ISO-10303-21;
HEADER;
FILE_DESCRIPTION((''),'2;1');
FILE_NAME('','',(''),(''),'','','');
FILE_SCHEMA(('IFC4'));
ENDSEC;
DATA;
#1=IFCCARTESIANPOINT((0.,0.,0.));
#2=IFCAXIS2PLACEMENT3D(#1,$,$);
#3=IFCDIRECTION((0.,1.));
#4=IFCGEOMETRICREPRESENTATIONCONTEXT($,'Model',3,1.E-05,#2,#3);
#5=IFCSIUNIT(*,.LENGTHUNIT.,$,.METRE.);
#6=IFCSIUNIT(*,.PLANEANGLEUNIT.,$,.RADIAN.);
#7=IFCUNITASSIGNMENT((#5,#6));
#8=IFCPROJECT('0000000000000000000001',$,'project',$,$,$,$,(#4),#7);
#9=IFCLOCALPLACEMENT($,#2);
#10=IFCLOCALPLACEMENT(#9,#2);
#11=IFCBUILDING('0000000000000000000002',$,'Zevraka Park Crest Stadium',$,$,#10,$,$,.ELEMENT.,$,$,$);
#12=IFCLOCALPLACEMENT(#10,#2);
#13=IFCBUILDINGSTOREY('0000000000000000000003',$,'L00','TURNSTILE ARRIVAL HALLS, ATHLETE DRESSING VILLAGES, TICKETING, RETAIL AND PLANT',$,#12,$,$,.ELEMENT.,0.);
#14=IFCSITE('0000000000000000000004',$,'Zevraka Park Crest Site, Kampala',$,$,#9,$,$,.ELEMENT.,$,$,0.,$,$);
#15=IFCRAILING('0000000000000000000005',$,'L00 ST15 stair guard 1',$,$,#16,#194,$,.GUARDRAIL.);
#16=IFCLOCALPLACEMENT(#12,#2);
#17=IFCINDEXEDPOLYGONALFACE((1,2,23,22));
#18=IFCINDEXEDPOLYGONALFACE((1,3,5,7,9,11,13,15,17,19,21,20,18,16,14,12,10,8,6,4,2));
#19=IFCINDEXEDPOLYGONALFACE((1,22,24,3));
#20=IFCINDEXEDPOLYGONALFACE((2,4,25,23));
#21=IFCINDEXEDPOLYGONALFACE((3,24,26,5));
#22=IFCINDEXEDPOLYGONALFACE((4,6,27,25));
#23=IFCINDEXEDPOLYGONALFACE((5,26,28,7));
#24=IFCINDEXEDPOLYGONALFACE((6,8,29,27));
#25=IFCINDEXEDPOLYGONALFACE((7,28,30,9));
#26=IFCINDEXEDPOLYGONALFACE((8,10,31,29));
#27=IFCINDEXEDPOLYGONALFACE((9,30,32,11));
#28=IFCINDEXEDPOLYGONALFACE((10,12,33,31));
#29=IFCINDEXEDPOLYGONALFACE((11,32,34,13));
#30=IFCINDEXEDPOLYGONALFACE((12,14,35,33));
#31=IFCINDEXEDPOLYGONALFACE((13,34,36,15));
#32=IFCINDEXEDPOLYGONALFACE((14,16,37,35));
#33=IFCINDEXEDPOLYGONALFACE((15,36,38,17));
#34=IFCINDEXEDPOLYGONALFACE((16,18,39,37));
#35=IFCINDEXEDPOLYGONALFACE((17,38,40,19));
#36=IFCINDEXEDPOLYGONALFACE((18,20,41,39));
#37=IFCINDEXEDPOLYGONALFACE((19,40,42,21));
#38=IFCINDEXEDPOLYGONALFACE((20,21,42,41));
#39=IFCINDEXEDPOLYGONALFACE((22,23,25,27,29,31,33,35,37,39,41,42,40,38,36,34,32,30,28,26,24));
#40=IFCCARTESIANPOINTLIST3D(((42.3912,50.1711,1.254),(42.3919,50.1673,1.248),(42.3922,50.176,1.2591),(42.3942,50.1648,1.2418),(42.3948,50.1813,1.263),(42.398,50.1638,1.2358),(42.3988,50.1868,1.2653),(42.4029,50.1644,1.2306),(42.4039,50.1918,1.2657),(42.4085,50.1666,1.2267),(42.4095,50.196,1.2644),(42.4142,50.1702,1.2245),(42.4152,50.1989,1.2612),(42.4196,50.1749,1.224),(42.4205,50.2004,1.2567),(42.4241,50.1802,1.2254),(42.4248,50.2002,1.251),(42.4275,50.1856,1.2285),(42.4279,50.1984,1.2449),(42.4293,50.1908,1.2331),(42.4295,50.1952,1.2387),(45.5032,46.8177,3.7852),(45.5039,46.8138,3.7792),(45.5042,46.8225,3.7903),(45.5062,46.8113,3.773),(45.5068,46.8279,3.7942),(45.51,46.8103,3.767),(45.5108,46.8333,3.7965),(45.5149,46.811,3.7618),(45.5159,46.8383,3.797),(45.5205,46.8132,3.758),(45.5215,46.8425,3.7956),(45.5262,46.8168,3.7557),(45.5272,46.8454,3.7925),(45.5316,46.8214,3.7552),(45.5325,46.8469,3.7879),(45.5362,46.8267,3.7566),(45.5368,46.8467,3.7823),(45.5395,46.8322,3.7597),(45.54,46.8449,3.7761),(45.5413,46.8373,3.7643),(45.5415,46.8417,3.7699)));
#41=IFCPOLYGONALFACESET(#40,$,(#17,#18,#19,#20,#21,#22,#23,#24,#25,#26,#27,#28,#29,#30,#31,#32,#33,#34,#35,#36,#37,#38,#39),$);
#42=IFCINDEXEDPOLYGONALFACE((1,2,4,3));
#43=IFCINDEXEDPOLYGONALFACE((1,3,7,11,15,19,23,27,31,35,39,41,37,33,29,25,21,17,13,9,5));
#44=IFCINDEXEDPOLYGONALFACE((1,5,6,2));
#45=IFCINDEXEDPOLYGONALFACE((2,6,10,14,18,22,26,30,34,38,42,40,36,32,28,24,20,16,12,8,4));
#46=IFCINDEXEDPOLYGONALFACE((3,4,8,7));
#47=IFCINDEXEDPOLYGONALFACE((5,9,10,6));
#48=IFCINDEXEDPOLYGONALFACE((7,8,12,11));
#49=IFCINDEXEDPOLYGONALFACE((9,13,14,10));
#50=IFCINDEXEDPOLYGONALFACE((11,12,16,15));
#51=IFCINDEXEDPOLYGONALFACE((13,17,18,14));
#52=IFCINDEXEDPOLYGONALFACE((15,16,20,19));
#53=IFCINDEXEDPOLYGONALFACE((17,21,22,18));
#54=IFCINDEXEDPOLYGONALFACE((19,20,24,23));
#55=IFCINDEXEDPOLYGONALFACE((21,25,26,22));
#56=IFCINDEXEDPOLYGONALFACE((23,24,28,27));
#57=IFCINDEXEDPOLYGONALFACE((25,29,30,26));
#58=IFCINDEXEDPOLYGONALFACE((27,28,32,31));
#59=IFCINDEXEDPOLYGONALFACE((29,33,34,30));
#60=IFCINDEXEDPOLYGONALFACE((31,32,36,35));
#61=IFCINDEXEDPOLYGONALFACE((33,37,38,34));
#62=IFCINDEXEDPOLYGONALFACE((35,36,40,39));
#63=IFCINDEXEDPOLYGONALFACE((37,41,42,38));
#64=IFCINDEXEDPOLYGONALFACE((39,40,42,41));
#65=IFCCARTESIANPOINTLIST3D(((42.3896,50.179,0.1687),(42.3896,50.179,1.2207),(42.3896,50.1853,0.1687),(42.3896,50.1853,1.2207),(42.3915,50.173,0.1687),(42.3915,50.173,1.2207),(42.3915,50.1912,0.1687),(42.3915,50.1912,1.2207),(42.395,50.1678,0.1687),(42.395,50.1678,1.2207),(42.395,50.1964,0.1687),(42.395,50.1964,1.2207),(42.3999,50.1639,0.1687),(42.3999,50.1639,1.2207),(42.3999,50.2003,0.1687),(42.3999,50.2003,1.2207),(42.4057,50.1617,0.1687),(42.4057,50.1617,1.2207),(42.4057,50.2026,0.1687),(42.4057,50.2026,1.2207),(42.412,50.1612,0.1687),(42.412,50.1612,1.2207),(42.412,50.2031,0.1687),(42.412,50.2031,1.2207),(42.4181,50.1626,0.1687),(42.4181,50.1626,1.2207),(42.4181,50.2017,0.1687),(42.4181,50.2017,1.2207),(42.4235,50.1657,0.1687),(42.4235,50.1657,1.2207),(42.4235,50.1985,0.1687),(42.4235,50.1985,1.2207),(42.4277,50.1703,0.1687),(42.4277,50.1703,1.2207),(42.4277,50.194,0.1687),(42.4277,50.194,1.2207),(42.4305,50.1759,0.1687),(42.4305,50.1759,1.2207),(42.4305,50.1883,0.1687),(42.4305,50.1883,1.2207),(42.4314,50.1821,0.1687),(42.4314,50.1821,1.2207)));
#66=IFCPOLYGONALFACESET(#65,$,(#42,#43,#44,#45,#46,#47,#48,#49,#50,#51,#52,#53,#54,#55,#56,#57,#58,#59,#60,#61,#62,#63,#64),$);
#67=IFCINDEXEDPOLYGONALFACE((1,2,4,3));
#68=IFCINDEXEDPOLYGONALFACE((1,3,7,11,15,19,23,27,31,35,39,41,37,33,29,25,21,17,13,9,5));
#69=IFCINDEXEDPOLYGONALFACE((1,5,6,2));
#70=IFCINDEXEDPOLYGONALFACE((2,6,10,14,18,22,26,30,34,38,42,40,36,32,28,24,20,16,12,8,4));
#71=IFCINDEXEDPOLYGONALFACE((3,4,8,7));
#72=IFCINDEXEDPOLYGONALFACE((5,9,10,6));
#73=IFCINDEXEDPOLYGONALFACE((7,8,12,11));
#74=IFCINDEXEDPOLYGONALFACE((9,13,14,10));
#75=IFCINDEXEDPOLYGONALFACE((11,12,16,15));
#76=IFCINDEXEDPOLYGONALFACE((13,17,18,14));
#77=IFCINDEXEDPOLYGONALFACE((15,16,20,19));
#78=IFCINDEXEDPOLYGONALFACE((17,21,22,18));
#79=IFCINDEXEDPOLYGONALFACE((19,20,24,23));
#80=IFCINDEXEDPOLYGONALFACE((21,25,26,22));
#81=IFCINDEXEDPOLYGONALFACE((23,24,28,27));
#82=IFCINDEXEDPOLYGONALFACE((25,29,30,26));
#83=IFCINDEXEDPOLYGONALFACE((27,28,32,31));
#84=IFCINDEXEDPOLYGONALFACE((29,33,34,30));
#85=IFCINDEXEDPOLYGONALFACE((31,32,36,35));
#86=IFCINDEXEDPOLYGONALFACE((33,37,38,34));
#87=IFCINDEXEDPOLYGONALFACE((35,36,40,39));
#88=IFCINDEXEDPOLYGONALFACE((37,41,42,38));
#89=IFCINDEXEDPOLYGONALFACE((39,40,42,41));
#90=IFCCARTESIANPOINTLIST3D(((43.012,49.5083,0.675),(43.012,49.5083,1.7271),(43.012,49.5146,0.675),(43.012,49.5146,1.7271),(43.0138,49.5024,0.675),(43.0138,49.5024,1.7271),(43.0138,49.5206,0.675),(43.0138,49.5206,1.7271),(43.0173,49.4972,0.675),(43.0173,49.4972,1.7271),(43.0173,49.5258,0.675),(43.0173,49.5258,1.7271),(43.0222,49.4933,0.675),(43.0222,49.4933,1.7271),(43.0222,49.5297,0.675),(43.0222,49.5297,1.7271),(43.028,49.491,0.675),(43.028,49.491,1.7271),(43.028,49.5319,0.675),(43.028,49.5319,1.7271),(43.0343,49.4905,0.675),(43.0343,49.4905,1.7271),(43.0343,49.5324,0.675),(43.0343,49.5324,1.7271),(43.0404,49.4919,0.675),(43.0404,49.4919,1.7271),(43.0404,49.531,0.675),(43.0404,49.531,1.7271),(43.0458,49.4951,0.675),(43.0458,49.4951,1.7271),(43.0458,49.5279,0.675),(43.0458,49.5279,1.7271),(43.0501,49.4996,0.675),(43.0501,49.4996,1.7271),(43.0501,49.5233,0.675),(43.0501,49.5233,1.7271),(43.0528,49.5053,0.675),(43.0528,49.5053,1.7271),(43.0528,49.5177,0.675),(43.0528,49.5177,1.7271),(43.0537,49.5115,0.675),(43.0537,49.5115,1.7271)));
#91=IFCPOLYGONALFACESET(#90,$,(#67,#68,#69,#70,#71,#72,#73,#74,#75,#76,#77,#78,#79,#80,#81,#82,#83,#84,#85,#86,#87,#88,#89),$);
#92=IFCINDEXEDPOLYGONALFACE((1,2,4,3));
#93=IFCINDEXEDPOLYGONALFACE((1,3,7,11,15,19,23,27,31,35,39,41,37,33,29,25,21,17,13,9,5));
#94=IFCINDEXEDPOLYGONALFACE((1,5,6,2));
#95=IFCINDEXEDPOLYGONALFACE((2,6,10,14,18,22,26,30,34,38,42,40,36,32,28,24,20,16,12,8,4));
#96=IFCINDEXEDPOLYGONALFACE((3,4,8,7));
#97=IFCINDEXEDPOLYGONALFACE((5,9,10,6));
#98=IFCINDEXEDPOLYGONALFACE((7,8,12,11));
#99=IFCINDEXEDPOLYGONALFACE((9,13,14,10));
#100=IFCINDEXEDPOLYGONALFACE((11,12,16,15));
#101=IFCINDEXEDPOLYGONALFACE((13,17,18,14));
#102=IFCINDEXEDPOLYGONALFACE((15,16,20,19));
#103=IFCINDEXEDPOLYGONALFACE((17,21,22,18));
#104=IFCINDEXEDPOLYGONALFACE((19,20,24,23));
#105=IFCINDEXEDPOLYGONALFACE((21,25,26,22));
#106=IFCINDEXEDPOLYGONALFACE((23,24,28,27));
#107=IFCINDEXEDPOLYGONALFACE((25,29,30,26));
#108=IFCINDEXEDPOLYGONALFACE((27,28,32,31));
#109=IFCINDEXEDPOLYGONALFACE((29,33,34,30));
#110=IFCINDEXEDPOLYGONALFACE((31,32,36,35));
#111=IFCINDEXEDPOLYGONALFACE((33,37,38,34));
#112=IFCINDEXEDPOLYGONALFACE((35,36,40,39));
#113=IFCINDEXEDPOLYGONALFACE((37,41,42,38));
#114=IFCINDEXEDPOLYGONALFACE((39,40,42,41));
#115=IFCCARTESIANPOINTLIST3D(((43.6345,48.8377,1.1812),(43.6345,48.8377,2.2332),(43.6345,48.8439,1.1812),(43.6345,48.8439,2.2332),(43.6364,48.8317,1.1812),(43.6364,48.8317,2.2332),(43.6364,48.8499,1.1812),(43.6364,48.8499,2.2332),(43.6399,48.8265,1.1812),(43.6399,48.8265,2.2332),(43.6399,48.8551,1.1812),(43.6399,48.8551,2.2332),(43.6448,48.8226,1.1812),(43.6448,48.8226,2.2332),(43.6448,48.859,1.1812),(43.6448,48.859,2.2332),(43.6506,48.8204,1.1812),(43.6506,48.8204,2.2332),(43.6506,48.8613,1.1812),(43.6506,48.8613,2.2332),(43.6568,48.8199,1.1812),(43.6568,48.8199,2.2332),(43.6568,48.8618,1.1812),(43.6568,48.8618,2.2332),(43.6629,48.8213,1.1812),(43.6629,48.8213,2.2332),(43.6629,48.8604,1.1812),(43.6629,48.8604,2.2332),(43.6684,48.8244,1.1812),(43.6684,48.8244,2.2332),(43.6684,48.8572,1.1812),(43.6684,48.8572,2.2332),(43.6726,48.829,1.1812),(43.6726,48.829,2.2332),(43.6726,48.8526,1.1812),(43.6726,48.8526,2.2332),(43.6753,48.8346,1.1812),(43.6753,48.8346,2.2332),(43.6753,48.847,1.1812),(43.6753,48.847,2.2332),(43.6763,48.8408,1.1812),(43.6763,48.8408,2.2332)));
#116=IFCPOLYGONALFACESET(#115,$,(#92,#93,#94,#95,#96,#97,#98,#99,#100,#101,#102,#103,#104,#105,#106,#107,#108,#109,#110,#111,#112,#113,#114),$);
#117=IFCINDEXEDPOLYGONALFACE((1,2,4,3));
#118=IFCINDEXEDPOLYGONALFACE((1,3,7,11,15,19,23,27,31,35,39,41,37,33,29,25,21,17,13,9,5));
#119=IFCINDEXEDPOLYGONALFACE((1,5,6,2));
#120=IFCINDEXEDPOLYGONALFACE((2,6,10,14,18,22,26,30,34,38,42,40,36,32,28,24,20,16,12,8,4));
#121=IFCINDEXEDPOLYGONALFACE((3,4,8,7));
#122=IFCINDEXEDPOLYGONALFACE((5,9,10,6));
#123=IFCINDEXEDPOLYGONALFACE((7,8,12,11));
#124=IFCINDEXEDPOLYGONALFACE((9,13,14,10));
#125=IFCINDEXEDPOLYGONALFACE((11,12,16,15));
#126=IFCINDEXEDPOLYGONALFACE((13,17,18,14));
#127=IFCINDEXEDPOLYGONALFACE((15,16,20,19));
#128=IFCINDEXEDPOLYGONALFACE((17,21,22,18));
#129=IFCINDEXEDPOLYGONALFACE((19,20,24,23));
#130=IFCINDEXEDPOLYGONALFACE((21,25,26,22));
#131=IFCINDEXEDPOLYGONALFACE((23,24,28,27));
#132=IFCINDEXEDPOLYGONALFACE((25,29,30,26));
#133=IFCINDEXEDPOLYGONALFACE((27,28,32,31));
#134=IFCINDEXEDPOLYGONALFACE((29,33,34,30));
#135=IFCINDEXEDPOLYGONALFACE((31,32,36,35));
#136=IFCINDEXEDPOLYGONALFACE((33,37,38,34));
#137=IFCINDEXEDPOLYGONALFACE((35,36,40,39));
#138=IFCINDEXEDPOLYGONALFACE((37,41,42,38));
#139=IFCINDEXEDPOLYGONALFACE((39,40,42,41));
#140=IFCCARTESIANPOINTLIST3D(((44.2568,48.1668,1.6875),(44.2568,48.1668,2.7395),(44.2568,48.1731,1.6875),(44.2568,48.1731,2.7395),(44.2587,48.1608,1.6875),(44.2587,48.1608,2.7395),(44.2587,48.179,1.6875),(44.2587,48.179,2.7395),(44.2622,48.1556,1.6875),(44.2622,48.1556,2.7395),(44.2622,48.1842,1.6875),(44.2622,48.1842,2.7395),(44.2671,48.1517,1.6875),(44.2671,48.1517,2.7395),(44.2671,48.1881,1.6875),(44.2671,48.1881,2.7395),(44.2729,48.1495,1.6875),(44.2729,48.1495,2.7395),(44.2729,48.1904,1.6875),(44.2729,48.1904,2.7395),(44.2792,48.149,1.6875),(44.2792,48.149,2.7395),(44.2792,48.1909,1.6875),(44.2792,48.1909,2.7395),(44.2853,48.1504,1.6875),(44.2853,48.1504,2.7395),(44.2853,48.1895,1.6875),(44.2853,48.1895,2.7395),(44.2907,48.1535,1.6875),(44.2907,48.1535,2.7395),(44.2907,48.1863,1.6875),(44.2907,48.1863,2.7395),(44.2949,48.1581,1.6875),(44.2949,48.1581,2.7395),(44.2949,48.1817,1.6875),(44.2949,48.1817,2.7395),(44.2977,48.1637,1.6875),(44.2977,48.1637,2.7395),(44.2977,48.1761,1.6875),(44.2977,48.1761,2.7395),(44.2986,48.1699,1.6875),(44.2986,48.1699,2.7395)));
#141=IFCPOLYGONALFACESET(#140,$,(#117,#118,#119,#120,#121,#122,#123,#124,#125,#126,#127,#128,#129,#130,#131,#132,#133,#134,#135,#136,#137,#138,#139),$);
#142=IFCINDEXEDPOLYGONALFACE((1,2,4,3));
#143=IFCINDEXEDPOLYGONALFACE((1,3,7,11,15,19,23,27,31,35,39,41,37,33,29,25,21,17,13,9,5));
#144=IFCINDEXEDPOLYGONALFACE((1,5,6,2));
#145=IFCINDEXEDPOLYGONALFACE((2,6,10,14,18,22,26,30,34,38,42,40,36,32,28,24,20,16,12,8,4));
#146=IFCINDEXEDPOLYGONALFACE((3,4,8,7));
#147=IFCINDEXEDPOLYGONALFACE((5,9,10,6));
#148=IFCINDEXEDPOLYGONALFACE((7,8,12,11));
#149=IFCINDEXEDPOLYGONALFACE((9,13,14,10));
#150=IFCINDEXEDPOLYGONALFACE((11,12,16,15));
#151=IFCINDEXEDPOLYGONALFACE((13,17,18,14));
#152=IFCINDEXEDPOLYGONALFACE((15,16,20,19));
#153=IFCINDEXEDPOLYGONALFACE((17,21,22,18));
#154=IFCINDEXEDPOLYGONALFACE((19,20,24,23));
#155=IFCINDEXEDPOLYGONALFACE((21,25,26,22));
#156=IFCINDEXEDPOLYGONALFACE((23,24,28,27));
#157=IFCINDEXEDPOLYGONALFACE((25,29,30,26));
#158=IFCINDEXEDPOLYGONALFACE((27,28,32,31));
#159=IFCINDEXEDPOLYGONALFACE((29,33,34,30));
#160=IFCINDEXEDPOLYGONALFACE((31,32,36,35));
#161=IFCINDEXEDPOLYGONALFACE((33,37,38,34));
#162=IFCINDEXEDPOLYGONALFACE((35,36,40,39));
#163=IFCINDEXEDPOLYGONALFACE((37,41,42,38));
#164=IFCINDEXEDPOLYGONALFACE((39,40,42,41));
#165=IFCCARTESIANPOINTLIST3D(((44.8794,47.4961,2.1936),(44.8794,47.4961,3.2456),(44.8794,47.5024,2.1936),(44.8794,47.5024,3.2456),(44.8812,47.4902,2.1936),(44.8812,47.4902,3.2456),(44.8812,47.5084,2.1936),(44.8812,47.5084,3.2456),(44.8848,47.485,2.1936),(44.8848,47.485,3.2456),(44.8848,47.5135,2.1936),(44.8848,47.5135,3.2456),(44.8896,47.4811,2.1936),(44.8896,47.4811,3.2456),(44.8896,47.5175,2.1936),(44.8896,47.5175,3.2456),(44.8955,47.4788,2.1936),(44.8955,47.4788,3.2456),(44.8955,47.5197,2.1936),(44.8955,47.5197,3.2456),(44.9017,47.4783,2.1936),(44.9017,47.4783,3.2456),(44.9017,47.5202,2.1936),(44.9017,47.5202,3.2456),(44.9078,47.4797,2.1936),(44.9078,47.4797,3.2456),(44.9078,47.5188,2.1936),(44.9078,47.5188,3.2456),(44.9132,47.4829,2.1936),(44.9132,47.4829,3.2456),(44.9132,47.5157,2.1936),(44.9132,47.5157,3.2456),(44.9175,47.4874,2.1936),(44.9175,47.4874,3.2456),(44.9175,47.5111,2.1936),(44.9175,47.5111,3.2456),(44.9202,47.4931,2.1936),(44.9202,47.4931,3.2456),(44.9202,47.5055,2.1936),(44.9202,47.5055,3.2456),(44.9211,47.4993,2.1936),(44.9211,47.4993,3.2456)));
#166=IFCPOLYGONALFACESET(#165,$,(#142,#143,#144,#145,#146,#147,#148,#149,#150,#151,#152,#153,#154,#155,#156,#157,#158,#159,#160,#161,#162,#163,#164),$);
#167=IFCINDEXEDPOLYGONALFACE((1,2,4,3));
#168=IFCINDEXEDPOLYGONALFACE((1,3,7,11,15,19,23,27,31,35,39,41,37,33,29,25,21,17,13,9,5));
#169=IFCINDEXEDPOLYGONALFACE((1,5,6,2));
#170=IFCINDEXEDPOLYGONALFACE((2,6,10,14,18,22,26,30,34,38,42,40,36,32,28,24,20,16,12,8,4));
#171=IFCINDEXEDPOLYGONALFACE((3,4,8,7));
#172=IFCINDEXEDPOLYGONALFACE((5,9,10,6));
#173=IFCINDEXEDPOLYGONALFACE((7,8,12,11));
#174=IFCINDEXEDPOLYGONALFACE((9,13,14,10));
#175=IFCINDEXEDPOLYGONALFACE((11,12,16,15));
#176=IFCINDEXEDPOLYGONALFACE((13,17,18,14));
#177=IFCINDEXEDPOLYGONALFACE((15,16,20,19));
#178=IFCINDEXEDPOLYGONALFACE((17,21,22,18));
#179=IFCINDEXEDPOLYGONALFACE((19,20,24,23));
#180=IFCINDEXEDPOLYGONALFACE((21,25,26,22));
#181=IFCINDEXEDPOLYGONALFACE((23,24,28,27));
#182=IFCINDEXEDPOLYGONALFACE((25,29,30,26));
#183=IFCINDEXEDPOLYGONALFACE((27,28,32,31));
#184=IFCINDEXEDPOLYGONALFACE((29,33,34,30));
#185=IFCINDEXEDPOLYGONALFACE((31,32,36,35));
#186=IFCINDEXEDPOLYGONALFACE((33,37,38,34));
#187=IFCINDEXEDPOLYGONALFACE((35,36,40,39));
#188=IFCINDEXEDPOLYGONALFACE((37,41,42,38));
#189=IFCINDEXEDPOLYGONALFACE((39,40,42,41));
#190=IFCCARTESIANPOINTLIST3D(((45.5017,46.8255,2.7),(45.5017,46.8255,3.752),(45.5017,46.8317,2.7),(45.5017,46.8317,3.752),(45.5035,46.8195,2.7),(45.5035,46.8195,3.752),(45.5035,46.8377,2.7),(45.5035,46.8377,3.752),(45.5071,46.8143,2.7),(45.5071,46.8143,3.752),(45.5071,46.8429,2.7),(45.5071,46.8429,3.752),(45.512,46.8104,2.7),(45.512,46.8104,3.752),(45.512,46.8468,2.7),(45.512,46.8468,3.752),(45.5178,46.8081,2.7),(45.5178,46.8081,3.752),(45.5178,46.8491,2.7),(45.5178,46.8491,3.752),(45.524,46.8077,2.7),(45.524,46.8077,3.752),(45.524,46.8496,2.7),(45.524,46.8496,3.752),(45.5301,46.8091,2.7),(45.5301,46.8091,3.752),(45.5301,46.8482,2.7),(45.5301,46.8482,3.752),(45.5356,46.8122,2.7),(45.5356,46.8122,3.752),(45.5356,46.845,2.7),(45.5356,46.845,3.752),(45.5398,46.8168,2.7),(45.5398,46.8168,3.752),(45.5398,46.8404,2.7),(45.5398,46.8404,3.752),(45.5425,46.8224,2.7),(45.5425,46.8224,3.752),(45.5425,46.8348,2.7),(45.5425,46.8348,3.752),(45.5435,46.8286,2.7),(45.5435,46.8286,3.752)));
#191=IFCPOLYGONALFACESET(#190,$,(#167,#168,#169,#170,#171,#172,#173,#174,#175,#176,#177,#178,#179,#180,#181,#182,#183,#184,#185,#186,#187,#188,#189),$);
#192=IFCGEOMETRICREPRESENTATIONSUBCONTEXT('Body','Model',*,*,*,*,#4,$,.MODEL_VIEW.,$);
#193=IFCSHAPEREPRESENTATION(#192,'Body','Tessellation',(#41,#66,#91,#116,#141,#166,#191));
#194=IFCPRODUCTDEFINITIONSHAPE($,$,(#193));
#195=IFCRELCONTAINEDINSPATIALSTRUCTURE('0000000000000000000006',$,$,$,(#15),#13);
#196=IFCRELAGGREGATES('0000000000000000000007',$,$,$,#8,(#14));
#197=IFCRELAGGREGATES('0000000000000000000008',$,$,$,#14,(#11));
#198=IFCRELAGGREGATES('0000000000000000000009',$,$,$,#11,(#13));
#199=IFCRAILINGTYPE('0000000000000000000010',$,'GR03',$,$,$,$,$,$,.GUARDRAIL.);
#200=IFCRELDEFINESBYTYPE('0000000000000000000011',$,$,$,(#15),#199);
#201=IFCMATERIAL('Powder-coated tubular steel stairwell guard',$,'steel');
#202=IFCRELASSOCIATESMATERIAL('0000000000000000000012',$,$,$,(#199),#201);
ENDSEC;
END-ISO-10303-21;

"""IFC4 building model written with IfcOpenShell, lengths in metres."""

from ifc_helpers import new_model, si_unit, direction, frame, origin, origin_2d, place, context, subcontext, project, spatial, circle, extrude, material, type_object, element, save


model = new_model("IFC4")

# Units and contexts
model_context = context("Model", 3, precision=1e-05, world=origin(), true_north=direction((0.0, 1.0)))
body_context = subcontext(model_context, "Body", "Model", "MODEL_VIEW")
ifc_project = project(units=[si_unit("LENGTHUNIT", "METRE"), si_unit("PLANEANGLEUNIT", "RADIAN")], contexts=[model_context])

# Site, building, storey
site_placement = place(None, origin())
site = spatial("IfcSite", under=ifc_project, at=site_placement, Name="Zevraka Park Crest Site, Kampala", CompositionType="ELEMENT", RefElevation=0.0)
building_placement = place(site_placement, origin())
building = spatial("IfcBuilding", under=site, at=building_placement, Name="Zevraka Park Crest Stadium", CompositionType="ELEMENT")
storey_placement = place(building_placement, origin())
storey = spatial("IfcBuildingStorey", under=building, at=storey_placement, Name="L00", Description="TURNSTILE ARRIVAL HALLS, ATHLETE DRESSING VILLAGES, TICKETING, RETAIL AND PLANT", CompositionType="ELEMENT", Elevation=0.0)

# Railing
ifc_material_1 = material(Name="Powder-coated tubular steel stairwell guard", Category="steel")
railing_type_1 = type_object("IfcRailingType", Name="GR03", PredefinedType="GUARDRAIL", material=ifc_material_1)
railing_1_placement = place(storey_placement, frame((42.4104, 50.1821, 0.1687)))
element("IfcRailing", 1, at=railing_1_placement, inside=storey, type_object=railing_type_1, Name="L00 ST15 stair guard 1", PredefinedType="GUARDRAIL", context=body_context, shape_type="SweptSolid", body=[
    extrude(circle(Radius=0.0239, at=origin_2d()), frame((0.0, 0.0, 1.0762), z_axis=(0.5952, -0.64138, 0.484117), x_axis=(0.733003, 0.680226, 0.0)), (0.0, 0.0, 1.0), 5.2285),
    extrude(circle(Radius=0.021, at=origin_2d()), origin(), (0.0, 0.0, 1.0), 1.052),
    extrude(circle(Radius=0.021, at=origin_2d()), frame((0.6223, -0.6707, 0.5063)), (0.0, 0.0, 1.0), 1.052),
    extrude(circle(Radius=0.021, at=origin_2d()), frame((1.2449, -1.3413, 1.0125)), (0.0, 0.0, 1.0), 1.052),
    extrude(circle(Radius=0.021, at=origin_2d()), frame((1.8672, -2.0122, 1.5188)), (0.0, 0.0, 1.0), 1.052),
    extrude(circle(Radius=0.021, at=origin_2d()), frame((2.4897, -2.6829, 2.0249)), (0.0, 0.0, 1.0), 1.052),
    extrude(circle(Radius=0.021, at=origin_2d()), frame((3.1121, -3.3535, 2.5312)), (0.0, 0.0, 1.0), 1.052),
])

save(model, "model.ifc")
